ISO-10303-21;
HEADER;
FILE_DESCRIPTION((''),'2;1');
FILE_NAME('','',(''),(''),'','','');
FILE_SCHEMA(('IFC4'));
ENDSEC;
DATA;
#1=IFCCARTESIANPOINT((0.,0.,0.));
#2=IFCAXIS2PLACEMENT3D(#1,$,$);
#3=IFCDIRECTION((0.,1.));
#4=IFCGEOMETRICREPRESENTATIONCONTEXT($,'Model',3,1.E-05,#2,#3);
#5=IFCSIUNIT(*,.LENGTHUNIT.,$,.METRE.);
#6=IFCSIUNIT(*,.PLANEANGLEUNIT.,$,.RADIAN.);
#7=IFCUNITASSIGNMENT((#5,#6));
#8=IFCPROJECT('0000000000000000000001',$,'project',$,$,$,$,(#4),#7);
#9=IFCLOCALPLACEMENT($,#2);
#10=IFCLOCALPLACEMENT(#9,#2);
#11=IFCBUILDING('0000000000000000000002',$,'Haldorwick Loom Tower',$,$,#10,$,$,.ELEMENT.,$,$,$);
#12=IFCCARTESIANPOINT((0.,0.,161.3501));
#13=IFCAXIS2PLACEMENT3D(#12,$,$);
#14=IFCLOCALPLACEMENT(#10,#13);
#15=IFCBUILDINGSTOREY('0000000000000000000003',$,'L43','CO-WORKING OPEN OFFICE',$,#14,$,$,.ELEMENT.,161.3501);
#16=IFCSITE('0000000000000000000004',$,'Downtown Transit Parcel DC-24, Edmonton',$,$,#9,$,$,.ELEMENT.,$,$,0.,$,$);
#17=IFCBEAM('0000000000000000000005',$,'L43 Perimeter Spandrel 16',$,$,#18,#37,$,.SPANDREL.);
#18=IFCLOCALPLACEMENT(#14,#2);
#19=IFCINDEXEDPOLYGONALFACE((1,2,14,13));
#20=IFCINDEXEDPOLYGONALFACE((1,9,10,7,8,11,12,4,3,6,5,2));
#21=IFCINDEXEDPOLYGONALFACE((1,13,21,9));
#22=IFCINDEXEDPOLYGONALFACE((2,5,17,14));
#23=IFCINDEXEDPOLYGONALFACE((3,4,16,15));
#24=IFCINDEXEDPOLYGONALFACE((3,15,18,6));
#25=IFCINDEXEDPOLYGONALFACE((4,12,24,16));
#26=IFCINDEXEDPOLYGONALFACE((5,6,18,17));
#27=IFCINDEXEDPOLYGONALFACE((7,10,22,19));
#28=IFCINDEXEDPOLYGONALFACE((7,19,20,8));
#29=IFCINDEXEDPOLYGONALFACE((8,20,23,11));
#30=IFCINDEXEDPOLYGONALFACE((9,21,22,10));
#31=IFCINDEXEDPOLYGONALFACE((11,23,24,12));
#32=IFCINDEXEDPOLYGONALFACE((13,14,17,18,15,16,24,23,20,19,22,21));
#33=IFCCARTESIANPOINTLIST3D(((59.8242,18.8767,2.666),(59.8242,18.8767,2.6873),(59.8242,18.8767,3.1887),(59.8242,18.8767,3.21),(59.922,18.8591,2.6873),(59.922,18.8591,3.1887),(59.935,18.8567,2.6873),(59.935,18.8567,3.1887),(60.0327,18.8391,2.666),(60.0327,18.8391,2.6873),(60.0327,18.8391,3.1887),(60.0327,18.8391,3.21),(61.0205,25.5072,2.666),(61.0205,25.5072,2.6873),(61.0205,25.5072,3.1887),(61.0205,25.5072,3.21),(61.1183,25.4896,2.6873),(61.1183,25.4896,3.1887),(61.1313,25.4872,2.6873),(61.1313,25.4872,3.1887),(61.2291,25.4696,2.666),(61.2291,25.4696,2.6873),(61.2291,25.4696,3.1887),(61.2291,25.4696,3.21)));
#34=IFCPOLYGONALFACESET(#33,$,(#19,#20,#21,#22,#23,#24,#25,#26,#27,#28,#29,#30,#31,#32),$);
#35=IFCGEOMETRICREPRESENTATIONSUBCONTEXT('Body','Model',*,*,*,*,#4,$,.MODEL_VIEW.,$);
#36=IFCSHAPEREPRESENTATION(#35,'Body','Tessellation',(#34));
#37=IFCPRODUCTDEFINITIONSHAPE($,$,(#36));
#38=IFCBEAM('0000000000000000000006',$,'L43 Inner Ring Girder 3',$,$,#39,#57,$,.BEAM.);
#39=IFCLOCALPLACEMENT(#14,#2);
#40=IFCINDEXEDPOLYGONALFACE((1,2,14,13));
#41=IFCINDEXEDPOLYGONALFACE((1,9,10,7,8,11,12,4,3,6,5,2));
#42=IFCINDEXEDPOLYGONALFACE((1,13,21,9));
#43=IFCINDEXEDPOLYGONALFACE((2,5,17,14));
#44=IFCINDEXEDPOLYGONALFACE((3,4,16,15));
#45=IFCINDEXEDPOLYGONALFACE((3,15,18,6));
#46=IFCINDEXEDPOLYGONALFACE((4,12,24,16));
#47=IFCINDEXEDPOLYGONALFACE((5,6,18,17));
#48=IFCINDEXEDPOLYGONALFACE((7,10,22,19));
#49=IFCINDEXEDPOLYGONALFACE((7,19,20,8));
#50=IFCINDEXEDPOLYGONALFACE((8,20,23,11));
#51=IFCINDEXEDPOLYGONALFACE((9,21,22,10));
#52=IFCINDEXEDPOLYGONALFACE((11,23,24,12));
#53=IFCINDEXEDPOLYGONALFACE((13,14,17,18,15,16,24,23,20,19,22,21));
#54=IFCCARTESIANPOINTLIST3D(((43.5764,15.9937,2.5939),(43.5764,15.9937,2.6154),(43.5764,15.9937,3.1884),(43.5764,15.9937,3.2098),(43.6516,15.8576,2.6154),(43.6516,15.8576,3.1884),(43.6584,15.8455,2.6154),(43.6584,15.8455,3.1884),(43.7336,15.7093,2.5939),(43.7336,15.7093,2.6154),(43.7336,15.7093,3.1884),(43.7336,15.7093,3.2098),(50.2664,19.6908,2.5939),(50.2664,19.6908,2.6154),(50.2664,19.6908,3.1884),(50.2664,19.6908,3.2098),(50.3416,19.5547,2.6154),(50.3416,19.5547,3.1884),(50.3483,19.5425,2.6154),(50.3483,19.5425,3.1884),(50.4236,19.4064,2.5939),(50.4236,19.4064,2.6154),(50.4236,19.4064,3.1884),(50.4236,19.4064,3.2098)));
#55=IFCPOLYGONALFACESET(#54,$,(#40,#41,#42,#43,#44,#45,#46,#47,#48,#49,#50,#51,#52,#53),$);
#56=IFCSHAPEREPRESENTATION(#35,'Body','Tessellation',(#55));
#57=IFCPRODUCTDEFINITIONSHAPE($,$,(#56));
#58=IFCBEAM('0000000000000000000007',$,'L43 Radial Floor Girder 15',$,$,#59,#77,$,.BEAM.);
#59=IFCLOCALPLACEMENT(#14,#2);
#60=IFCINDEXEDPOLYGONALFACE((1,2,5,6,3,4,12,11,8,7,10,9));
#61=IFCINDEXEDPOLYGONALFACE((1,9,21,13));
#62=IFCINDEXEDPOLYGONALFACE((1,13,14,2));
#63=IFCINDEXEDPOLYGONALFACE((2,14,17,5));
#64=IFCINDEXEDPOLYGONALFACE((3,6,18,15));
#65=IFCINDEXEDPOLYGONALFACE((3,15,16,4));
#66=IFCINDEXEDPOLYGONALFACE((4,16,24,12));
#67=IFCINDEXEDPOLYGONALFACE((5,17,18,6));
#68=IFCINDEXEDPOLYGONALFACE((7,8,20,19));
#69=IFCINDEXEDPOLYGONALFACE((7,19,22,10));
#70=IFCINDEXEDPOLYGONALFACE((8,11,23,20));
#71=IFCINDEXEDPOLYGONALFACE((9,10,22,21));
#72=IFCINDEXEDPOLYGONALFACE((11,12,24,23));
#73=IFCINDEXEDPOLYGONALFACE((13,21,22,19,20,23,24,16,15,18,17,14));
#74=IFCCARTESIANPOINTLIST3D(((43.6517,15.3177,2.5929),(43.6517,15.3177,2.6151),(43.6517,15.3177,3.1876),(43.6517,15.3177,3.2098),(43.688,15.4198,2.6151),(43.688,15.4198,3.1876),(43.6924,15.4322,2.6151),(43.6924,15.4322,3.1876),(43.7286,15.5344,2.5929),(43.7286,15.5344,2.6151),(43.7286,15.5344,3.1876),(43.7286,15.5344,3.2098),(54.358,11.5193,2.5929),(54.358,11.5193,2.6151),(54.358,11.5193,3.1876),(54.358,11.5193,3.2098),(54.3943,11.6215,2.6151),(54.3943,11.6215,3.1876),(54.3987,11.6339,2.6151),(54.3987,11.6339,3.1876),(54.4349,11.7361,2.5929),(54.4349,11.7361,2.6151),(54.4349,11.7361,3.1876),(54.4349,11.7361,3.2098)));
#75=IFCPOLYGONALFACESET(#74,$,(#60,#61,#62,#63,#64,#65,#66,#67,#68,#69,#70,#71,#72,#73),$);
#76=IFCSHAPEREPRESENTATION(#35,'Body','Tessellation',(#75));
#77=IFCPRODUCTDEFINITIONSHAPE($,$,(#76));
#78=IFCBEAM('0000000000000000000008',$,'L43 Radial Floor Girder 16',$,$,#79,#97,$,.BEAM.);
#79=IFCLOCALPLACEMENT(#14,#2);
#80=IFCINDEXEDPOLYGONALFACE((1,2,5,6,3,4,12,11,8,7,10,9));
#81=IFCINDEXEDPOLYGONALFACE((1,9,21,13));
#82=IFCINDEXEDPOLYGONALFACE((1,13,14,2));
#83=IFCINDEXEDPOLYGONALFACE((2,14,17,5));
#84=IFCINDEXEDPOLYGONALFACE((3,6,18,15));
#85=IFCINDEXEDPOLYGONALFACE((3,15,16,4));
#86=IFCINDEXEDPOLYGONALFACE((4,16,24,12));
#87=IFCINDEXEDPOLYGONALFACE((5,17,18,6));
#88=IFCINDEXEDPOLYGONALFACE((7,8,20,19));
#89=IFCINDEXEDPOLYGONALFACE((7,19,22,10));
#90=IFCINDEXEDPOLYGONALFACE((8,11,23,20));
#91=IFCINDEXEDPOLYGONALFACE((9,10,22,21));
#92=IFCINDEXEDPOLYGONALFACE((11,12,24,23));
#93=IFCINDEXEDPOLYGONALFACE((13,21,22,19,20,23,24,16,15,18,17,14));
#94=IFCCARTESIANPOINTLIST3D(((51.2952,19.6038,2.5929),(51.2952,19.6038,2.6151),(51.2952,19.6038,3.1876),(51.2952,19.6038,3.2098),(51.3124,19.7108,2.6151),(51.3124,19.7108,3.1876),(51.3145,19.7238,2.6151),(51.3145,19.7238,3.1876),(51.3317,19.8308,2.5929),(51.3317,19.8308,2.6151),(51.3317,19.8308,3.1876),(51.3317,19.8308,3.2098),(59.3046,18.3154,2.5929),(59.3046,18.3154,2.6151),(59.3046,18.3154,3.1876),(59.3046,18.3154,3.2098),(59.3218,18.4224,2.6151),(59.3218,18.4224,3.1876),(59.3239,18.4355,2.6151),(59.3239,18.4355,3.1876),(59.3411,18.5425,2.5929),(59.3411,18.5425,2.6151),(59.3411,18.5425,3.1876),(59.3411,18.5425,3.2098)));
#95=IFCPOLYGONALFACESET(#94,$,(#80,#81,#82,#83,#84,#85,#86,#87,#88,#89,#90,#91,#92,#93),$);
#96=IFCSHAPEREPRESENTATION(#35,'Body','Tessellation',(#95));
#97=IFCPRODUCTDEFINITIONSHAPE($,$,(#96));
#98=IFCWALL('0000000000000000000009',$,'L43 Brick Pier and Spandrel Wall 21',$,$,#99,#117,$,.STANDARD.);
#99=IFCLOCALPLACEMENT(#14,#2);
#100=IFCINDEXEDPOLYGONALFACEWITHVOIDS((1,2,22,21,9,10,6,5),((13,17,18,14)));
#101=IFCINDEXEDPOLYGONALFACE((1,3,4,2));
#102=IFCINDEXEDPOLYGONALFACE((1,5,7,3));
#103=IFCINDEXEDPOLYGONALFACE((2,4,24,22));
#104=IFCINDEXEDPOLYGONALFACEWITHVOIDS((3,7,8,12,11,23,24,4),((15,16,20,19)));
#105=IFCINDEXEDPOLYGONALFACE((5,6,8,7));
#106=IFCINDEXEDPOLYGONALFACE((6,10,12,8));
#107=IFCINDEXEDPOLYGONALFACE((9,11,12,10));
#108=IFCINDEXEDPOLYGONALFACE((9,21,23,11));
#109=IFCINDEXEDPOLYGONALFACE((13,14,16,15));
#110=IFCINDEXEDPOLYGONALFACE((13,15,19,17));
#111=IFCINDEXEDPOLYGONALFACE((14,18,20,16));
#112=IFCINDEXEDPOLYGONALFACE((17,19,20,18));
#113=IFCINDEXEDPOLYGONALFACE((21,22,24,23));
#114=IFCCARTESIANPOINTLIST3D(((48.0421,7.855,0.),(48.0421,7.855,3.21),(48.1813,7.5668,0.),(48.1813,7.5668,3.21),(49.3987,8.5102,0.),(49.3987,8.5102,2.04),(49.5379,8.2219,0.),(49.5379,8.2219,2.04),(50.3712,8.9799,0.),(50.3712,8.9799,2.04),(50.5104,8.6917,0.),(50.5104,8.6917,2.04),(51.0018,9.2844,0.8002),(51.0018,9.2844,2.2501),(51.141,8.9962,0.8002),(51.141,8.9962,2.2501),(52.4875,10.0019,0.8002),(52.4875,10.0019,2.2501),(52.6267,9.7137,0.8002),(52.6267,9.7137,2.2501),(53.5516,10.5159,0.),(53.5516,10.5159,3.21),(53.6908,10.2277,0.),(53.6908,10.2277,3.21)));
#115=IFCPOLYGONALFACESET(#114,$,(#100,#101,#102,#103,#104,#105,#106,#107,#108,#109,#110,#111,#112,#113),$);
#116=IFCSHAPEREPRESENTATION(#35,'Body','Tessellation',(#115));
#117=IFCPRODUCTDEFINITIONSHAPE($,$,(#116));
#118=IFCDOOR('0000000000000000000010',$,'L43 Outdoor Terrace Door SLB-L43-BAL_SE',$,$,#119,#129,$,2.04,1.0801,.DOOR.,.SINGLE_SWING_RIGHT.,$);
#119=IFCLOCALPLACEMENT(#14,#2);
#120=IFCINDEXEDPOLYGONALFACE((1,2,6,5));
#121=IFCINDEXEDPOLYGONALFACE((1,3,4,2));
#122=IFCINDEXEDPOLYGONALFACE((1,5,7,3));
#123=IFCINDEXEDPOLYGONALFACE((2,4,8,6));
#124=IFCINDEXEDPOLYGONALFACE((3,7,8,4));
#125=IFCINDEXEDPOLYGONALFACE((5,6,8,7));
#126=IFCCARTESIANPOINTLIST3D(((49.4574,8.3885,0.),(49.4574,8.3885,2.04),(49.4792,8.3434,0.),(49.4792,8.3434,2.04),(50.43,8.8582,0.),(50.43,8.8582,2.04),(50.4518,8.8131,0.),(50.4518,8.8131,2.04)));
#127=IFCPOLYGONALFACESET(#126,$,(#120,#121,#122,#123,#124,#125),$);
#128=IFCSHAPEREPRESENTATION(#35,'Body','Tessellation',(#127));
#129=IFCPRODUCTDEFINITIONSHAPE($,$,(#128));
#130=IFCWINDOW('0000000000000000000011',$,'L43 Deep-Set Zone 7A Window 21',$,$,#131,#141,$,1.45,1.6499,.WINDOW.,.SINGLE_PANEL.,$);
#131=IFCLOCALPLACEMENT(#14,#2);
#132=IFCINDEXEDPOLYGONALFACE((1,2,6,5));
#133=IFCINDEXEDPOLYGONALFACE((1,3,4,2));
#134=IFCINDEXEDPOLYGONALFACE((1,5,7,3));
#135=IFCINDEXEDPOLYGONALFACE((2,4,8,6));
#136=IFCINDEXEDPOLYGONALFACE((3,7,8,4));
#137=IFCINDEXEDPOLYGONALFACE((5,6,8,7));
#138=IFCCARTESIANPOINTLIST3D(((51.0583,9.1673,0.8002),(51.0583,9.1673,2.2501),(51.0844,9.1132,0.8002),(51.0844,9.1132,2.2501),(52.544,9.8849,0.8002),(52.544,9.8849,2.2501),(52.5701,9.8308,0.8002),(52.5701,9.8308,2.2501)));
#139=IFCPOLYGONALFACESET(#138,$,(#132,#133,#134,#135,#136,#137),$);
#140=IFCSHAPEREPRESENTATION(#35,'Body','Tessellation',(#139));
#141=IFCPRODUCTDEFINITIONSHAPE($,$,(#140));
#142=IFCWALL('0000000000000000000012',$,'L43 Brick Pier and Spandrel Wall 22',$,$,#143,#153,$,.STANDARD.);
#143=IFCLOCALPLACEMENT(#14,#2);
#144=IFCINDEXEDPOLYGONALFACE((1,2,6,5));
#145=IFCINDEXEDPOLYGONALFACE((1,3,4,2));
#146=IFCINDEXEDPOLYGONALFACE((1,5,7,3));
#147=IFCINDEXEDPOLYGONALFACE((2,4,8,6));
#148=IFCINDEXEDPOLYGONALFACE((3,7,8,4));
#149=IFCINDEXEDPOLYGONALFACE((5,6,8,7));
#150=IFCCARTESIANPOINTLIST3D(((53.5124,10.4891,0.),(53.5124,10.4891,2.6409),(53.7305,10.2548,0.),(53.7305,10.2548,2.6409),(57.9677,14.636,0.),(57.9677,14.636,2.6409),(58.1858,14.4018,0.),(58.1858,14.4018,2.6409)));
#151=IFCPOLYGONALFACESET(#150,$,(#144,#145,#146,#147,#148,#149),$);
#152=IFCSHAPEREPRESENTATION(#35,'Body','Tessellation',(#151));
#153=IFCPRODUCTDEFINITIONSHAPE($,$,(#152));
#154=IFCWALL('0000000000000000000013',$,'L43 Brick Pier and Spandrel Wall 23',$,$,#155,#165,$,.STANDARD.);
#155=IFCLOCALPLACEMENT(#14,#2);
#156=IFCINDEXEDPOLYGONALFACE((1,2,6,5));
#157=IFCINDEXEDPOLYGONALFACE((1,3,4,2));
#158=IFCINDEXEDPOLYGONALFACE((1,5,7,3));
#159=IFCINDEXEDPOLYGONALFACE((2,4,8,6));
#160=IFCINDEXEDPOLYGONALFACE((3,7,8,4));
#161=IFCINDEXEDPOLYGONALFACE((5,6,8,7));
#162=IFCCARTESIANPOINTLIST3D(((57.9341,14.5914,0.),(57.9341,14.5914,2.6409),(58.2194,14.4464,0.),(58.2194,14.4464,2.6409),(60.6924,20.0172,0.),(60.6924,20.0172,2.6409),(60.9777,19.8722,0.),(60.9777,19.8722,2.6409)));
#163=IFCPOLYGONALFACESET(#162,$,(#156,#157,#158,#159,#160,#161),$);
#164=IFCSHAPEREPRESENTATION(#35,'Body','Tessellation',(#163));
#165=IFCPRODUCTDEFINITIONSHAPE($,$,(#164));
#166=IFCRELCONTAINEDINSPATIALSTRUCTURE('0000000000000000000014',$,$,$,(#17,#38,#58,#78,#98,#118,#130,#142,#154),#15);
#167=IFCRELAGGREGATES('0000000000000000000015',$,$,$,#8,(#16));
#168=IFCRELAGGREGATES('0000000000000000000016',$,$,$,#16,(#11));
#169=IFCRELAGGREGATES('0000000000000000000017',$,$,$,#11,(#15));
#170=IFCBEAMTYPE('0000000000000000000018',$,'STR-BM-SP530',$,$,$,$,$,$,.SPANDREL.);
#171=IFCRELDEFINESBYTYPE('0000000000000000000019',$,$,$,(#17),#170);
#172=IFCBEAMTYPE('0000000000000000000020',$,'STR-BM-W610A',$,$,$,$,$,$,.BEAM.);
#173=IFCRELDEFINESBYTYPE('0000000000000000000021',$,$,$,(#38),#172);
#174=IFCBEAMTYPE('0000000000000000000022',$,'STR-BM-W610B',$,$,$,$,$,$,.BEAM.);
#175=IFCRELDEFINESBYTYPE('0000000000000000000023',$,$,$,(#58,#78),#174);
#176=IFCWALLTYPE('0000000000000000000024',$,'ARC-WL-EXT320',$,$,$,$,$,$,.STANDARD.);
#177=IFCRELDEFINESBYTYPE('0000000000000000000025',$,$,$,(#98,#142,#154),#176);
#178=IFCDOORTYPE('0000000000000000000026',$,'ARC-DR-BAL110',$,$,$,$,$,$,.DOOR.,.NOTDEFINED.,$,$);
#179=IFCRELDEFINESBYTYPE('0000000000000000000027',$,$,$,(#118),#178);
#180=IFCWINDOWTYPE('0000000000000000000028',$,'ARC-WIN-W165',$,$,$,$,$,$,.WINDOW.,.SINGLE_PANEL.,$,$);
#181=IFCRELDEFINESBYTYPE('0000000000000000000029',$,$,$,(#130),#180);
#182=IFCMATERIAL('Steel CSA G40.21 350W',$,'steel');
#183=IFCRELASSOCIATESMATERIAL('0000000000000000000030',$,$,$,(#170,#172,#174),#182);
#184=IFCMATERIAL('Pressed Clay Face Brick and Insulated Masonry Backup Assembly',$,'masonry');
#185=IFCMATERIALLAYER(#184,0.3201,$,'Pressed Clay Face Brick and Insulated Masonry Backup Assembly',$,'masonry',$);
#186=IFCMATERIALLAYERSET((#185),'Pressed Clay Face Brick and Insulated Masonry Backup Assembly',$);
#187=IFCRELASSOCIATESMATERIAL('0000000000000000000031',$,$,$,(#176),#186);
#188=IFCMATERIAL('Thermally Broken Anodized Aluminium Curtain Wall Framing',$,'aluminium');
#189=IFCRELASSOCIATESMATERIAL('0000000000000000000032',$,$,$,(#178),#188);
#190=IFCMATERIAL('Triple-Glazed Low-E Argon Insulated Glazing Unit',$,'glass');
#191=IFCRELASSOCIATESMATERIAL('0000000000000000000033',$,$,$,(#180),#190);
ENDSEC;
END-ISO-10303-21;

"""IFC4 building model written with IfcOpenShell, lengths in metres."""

from ifc_helpers import new_model, si_unit, direction, frame, frame_2d, origin, origin_2d, place, context, subcontext, project, spatial, rectangle, i_section, extrude, material, layer, layer_set, material_profile, profile_set, type_object, element, fill, save


model = new_model("IFC4")

# Units and contexts
model_context = context("Model", 3, precision=1e-05, world=origin(), true_north=direction((0.0, 1.0)))
body_context = subcontext(model_context, "Body", "Model", "MODEL_VIEW")
ifc_project = project(units=[si_unit("LENGTHUNIT", "METRE"), si_unit("PLANEANGLEUNIT", "RADIAN")], contexts=[model_context])

# Site, building, storey
site_placement = place(None, origin())
site = spatial("IfcSite", under=ifc_project, at=site_placement, Name="Downtown Transit Parcel DC-24, Edmonton", CompositionType="ELEMENT", RefElevation=0.0)
building_placement = place(site_placement, origin())
building = spatial("IfcBuilding", under=site, at=building_placement, Name="Haldorwick Loom Tower", CompositionType="ELEMENT")
storey_placement = place(building_placement, frame((0.0, 0.0, 161.3501)))
storey = spatial("IfcBuildingStorey", under=building, at=storey_placement, Name="L43", Description="CO-WORKING OPEN OFFICE", CompositionType="ELEMENT", Elevation=161.3501)

# Beams
ifc_material_1 = material(Name="Steel CSA G40.21 350W", Category="steel")
ifc_material_profile_1 = material_profile(ifc_material_1, i_section(OverallWidth=0.2119, OverallDepth=0.5439, WebThickness=0.0132, FlangeThickness=0.0212, at=origin_2d()), Name="W530X123", Category="steel")
ifc_profile_set_1 = profile_set([ifc_material_profile_1], Name="Steel CSA G40.21 350W")
beam_type_1 = type_object("IfcBeamType", Name="STR-BM-SP530", PredefinedType="SPANDREL", material=ifc_profile_set_1)
beam_1_placement = place(storey_placement, frame((59.9285, 18.8579, 2.938), z_axis=(0.177559, 0.98411, 0.0), x_axis=(-0.98411, 0.177559, 0.0)))
element("IfcBeam", 1, at=beam_1_placement, inside=storey, type_object=beam_type_1, Name="L43 Perimeter Spandrel 16", PredefinedType="SPANDREL", context=body_context, shape_type="SweptSolid", body=[
    extrude(i_section(OverallWidth=0.2119, OverallDepth=0.5439, WebThickness=0.0132, FlangeThickness=0.0212, at=origin_2d()), origin(), (0.0, 0.0, 1.0), 6.7375),
])
ifc_material_profile_2 = material_profile(ifc_material_1, i_section(OverallWidth=0.325, OverallDepth=0.616, WebThickness=0.0139, FlangeThickness=0.0215, at=origin_2d()), Name="W610X174", Category="steel")
ifc_profile_set_2 = profile_set([ifc_material_profile_2], Name="Steel CSA G40.21 350W")
beam_type_2 = type_object("IfcBeamType", Name="STR-BM-W610A", PredefinedType="BEAM", material=ifc_profile_set_2)
beam_2_placement = place(storey_placement, frame((50.345, 19.5486, 2.9019), z_axis=(-0.875244, -0.483681, 0.0), x_axis=(0.483681, -0.875244, 0.0)))
element("IfcBeam", 2, at=beam_2_placement, inside=storey, type_object=beam_type_2, Name="L43 Inner Ring Girder 3", PredefinedType="BEAM", context=body_context, shape_type="SweptSolid", body=[
    extrude(i_section(OverallWidth=0.325, OverallDepth=0.616, WebThickness=0.0139, FlangeThickness=0.0215, at=origin_2d()), origin(), (0.0, 0.0, 1.0), 7.6436),
])
ifc_material_profile_3 = material_profile(ifc_material_1, i_section(OverallWidth=0.23, OverallDepth=0.6169, WebThickness=0.0132, FlangeThickness=0.0222, at=origin_2d()), Name="W610X140", Category="steel")
ifc_profile_set_3 = profile_set([ifc_material_profile_3], Name="Steel CSA G40.21 350W")
beam_type_3 = type_object("IfcBeamType", Name="STR-BM-W610B", PredefinedType="BEAM", material=ifc_profile_set_3)
beam_3_placement = place(storey_placement, frame((43.6902, 15.426, 2.9014), z_axis=(0.942446, -0.334358, 0.0), x_axis=(0.334358, 0.942446, 0.0)))
element("IfcBeam", 3, at=beam_3_placement, inside=storey, type_object=beam_type_3, Name="L43 Radial Floor Girder 15", PredefinedType="BEAM", context=body_context, shape_type="SweptSolid", body=[
    extrude(i_section(OverallWidth=0.23, OverallDepth=0.6169, WebThickness=0.0132, FlangeThickness=0.0222, at=origin_2d()), origin(), (0.0, 0.0, 1.0), 11.3601),
])
beam_4_placement = place(storey_placement, frame((51.3135, 19.7173, 2.9014), z_axis=(0.987309, -0.158813, 0.0), x_axis=(0.158813, 0.987309, 0.0)))
element("IfcBeam", 4, at=beam_4_placement, inside=storey, type_object=beam_type_3, Name="L43 Radial Floor Girder 16", PredefinedType="BEAM", context=body_context, shape_type="SweptSolid", body=[
    extrude(i_section(OverallWidth=0.23, OverallDepth=0.6169, WebThickness=0.0132, FlangeThickness=0.0222, at=origin_2d()), origin(), (0.0, 0.0, 1.0), 8.1123),
])

# Wall, openings, door, window
ifc_material_2 = material(Name="Pressed Clay Face Brick and Insulated Masonry Backup Assembly", Category="masonry")
ifc_layer_1 = layer(ifc_material_2, 0.3201, Name="Pressed Clay Face Brick and Insulated Masonry Backup Assembly", Category="masonry")
ifc_layer_set_1 = layer_set([ifc_layer_1], Name="Pressed Clay Face Brick and Insulated Masonry Backup Assembly")
wall_type_1 = type_object("IfcWallType", Name="ARC-WL-EXT320", PredefinedType="STANDARD", material=ifc_layer_set_1)
wall_1_placement = place(storey_placement, frame((48.1118, 7.7109, 0.0), z_axis=(0.0, 0.0, 1.0), x_axis=(0.90048, 0.434897, 0.0)))
wall_1 = element("IfcWall", 5, at=wall_1_placement, inside=storey, type_object=wall_type_1, Name="L43 Brick Pier and Spandrel Wall 21", PredefinedType="STANDARD", context=body_context, shape_type="SweptSolid", body=[
    extrude(rectangle(XDim=6.1184, YDim=0.3201, at=frame_2d((3.0591, 0.0))), origin(), (0.0, 0.0, 1.0), 3.21),
])
opening_1_placement = place(wall_1_placement, frame((1.5063, 0.0, 0.0)))
opening_1 = element("IfcOpeningElement", 6, at=opening_1_placement, cuts=wall_1, PredefinedType="OPENING", context=body_context, shape_type="SweptSolid", body=[
    extrude(rectangle(XDim=1.0801, YDim=2.04, at=frame_2d((0.54, 1.02))), frame((0.0, 0.1699, 0.0), z_axis=(0.0, -1.0, 0.0), x_axis=(1.0, 0.0, 0.0)), (0.0, 0.0, 1.0), 0.3401),
])
opening_2_placement = place(wall_1_placement, frame((3.2866, 0.0, 0.8)))
opening_2 = element("IfcOpeningElement", 7, at=opening_2_placement, cuts=wall_1, PredefinedType="OPENING", context=body_context, shape_type="SweptSolid", body=[
    extrude(rectangle(XDim=1.6499, YDim=1.45, at=frame_2d((0.825, 0.7251))), frame((0.0, 0.1699, 0.0), z_axis=(0.0, -1.0, 0.0), x_axis=(1.0, 0.0, 0.0)), (0.0, 0.0, 1.0), 0.3401),
])
ifc_material_3 = material(Name="Thermally Broken Anodized Aluminium Curtain Wall Framing", Category="aluminium")
door_type_1 = type_object("IfcDoorType", Name="ARC-DR-BAL110", OperationType="NOTDEFINED", PredefinedType="DOOR", material=ifc_material_3)
door_1_placement = place(opening_1_placement, origin())
door_1 = element("IfcDoor", 8, at=door_1_placement, inside=storey, type_object=door_type_1, Name="L43 Outdoor Terrace Door SLB-L43-BAL_SE", OperationType="SINGLE_SWING_RIGHT", OverallHeight=2.04, OverallWidth=1.0801, PredefinedType="DOOR", context=body_context, shape_type="SweptSolid", body=[
    extrude(rectangle(XDim=1.0801, YDim=2.04, at=frame_2d((0.54, 1.02))), frame((0.0, 0.0249, 0.0), z_axis=(0.0, -1.0, 0.0), x_axis=(1.0, 0.0, 0.0)), (0.0, 0.0, 1.0), 0.05),
])
fill(opening_1, door_1)
ifc_material_4 = material(Name="Triple-Glazed Low-E Argon Insulated Glazing Unit", Category="glass")
window_type = type_object("IfcWindowType", Name="ARC-WIN-W165", PartitioningType="SINGLE_PANEL", PredefinedType="WINDOW", material=ifc_material_4)
window_1_placement = place(opening_2_placement, origin())
window_1 = element("IfcWindow", 9, at=window_1_placement, inside=storey, type_object=window_type, Name="L43 Deep-Set Zone 7A Window 21", OverallHeight=1.45, OverallWidth=1.6499, PartitioningType="SINGLE_PANEL", PredefinedType="WINDOW", context=body_context, shape_type="SweptSolid", body=[
    extrude(rectangle(XDim=1.6499, YDim=1.45, at=frame_2d((0.825, 0.7251))), frame((0.0, 0.03, 0.0), z_axis=(0.0, -1.0, 0.0), x_axis=(1.0, 0.0, 0.0)), (0.0, 0.0, 1.0), 0.0601),
])
fill(opening_2, window_1)

# Walls
for number, where, z_axis, x_axis, name in (
    (10, (53.6213, 10.3718, 0.0), (0.0, 0.0, 1.0), (0.731983, 0.681323, 0.0), "L43 Brick Pier and Spandrel Wall 22"),
    (11, (58.0767, 14.5188, 0.0), (0.0, 0.0, 1.0), (0.453172, 0.891423, 0.0), "L43 Brick Pier and Spandrel Wall 23"),
):
    element("IfcWall", number, at=place(storey_placement, frame(where, z_axis=z_axis, x_axis=x_axis)), inside=storey, type_object=wall_type_1, Name=name, PredefinedType="STANDARD", context=body_context, shape_type="SweptSolid", body=[
        extrude(rectangle(XDim=6.0867, YDim=0.3201, at=frame_2d((3.0435, 0.0))), origin(), (0.0, 0.0, 1.0), 2.6409),
    ])

save(model, "model.ifc")
